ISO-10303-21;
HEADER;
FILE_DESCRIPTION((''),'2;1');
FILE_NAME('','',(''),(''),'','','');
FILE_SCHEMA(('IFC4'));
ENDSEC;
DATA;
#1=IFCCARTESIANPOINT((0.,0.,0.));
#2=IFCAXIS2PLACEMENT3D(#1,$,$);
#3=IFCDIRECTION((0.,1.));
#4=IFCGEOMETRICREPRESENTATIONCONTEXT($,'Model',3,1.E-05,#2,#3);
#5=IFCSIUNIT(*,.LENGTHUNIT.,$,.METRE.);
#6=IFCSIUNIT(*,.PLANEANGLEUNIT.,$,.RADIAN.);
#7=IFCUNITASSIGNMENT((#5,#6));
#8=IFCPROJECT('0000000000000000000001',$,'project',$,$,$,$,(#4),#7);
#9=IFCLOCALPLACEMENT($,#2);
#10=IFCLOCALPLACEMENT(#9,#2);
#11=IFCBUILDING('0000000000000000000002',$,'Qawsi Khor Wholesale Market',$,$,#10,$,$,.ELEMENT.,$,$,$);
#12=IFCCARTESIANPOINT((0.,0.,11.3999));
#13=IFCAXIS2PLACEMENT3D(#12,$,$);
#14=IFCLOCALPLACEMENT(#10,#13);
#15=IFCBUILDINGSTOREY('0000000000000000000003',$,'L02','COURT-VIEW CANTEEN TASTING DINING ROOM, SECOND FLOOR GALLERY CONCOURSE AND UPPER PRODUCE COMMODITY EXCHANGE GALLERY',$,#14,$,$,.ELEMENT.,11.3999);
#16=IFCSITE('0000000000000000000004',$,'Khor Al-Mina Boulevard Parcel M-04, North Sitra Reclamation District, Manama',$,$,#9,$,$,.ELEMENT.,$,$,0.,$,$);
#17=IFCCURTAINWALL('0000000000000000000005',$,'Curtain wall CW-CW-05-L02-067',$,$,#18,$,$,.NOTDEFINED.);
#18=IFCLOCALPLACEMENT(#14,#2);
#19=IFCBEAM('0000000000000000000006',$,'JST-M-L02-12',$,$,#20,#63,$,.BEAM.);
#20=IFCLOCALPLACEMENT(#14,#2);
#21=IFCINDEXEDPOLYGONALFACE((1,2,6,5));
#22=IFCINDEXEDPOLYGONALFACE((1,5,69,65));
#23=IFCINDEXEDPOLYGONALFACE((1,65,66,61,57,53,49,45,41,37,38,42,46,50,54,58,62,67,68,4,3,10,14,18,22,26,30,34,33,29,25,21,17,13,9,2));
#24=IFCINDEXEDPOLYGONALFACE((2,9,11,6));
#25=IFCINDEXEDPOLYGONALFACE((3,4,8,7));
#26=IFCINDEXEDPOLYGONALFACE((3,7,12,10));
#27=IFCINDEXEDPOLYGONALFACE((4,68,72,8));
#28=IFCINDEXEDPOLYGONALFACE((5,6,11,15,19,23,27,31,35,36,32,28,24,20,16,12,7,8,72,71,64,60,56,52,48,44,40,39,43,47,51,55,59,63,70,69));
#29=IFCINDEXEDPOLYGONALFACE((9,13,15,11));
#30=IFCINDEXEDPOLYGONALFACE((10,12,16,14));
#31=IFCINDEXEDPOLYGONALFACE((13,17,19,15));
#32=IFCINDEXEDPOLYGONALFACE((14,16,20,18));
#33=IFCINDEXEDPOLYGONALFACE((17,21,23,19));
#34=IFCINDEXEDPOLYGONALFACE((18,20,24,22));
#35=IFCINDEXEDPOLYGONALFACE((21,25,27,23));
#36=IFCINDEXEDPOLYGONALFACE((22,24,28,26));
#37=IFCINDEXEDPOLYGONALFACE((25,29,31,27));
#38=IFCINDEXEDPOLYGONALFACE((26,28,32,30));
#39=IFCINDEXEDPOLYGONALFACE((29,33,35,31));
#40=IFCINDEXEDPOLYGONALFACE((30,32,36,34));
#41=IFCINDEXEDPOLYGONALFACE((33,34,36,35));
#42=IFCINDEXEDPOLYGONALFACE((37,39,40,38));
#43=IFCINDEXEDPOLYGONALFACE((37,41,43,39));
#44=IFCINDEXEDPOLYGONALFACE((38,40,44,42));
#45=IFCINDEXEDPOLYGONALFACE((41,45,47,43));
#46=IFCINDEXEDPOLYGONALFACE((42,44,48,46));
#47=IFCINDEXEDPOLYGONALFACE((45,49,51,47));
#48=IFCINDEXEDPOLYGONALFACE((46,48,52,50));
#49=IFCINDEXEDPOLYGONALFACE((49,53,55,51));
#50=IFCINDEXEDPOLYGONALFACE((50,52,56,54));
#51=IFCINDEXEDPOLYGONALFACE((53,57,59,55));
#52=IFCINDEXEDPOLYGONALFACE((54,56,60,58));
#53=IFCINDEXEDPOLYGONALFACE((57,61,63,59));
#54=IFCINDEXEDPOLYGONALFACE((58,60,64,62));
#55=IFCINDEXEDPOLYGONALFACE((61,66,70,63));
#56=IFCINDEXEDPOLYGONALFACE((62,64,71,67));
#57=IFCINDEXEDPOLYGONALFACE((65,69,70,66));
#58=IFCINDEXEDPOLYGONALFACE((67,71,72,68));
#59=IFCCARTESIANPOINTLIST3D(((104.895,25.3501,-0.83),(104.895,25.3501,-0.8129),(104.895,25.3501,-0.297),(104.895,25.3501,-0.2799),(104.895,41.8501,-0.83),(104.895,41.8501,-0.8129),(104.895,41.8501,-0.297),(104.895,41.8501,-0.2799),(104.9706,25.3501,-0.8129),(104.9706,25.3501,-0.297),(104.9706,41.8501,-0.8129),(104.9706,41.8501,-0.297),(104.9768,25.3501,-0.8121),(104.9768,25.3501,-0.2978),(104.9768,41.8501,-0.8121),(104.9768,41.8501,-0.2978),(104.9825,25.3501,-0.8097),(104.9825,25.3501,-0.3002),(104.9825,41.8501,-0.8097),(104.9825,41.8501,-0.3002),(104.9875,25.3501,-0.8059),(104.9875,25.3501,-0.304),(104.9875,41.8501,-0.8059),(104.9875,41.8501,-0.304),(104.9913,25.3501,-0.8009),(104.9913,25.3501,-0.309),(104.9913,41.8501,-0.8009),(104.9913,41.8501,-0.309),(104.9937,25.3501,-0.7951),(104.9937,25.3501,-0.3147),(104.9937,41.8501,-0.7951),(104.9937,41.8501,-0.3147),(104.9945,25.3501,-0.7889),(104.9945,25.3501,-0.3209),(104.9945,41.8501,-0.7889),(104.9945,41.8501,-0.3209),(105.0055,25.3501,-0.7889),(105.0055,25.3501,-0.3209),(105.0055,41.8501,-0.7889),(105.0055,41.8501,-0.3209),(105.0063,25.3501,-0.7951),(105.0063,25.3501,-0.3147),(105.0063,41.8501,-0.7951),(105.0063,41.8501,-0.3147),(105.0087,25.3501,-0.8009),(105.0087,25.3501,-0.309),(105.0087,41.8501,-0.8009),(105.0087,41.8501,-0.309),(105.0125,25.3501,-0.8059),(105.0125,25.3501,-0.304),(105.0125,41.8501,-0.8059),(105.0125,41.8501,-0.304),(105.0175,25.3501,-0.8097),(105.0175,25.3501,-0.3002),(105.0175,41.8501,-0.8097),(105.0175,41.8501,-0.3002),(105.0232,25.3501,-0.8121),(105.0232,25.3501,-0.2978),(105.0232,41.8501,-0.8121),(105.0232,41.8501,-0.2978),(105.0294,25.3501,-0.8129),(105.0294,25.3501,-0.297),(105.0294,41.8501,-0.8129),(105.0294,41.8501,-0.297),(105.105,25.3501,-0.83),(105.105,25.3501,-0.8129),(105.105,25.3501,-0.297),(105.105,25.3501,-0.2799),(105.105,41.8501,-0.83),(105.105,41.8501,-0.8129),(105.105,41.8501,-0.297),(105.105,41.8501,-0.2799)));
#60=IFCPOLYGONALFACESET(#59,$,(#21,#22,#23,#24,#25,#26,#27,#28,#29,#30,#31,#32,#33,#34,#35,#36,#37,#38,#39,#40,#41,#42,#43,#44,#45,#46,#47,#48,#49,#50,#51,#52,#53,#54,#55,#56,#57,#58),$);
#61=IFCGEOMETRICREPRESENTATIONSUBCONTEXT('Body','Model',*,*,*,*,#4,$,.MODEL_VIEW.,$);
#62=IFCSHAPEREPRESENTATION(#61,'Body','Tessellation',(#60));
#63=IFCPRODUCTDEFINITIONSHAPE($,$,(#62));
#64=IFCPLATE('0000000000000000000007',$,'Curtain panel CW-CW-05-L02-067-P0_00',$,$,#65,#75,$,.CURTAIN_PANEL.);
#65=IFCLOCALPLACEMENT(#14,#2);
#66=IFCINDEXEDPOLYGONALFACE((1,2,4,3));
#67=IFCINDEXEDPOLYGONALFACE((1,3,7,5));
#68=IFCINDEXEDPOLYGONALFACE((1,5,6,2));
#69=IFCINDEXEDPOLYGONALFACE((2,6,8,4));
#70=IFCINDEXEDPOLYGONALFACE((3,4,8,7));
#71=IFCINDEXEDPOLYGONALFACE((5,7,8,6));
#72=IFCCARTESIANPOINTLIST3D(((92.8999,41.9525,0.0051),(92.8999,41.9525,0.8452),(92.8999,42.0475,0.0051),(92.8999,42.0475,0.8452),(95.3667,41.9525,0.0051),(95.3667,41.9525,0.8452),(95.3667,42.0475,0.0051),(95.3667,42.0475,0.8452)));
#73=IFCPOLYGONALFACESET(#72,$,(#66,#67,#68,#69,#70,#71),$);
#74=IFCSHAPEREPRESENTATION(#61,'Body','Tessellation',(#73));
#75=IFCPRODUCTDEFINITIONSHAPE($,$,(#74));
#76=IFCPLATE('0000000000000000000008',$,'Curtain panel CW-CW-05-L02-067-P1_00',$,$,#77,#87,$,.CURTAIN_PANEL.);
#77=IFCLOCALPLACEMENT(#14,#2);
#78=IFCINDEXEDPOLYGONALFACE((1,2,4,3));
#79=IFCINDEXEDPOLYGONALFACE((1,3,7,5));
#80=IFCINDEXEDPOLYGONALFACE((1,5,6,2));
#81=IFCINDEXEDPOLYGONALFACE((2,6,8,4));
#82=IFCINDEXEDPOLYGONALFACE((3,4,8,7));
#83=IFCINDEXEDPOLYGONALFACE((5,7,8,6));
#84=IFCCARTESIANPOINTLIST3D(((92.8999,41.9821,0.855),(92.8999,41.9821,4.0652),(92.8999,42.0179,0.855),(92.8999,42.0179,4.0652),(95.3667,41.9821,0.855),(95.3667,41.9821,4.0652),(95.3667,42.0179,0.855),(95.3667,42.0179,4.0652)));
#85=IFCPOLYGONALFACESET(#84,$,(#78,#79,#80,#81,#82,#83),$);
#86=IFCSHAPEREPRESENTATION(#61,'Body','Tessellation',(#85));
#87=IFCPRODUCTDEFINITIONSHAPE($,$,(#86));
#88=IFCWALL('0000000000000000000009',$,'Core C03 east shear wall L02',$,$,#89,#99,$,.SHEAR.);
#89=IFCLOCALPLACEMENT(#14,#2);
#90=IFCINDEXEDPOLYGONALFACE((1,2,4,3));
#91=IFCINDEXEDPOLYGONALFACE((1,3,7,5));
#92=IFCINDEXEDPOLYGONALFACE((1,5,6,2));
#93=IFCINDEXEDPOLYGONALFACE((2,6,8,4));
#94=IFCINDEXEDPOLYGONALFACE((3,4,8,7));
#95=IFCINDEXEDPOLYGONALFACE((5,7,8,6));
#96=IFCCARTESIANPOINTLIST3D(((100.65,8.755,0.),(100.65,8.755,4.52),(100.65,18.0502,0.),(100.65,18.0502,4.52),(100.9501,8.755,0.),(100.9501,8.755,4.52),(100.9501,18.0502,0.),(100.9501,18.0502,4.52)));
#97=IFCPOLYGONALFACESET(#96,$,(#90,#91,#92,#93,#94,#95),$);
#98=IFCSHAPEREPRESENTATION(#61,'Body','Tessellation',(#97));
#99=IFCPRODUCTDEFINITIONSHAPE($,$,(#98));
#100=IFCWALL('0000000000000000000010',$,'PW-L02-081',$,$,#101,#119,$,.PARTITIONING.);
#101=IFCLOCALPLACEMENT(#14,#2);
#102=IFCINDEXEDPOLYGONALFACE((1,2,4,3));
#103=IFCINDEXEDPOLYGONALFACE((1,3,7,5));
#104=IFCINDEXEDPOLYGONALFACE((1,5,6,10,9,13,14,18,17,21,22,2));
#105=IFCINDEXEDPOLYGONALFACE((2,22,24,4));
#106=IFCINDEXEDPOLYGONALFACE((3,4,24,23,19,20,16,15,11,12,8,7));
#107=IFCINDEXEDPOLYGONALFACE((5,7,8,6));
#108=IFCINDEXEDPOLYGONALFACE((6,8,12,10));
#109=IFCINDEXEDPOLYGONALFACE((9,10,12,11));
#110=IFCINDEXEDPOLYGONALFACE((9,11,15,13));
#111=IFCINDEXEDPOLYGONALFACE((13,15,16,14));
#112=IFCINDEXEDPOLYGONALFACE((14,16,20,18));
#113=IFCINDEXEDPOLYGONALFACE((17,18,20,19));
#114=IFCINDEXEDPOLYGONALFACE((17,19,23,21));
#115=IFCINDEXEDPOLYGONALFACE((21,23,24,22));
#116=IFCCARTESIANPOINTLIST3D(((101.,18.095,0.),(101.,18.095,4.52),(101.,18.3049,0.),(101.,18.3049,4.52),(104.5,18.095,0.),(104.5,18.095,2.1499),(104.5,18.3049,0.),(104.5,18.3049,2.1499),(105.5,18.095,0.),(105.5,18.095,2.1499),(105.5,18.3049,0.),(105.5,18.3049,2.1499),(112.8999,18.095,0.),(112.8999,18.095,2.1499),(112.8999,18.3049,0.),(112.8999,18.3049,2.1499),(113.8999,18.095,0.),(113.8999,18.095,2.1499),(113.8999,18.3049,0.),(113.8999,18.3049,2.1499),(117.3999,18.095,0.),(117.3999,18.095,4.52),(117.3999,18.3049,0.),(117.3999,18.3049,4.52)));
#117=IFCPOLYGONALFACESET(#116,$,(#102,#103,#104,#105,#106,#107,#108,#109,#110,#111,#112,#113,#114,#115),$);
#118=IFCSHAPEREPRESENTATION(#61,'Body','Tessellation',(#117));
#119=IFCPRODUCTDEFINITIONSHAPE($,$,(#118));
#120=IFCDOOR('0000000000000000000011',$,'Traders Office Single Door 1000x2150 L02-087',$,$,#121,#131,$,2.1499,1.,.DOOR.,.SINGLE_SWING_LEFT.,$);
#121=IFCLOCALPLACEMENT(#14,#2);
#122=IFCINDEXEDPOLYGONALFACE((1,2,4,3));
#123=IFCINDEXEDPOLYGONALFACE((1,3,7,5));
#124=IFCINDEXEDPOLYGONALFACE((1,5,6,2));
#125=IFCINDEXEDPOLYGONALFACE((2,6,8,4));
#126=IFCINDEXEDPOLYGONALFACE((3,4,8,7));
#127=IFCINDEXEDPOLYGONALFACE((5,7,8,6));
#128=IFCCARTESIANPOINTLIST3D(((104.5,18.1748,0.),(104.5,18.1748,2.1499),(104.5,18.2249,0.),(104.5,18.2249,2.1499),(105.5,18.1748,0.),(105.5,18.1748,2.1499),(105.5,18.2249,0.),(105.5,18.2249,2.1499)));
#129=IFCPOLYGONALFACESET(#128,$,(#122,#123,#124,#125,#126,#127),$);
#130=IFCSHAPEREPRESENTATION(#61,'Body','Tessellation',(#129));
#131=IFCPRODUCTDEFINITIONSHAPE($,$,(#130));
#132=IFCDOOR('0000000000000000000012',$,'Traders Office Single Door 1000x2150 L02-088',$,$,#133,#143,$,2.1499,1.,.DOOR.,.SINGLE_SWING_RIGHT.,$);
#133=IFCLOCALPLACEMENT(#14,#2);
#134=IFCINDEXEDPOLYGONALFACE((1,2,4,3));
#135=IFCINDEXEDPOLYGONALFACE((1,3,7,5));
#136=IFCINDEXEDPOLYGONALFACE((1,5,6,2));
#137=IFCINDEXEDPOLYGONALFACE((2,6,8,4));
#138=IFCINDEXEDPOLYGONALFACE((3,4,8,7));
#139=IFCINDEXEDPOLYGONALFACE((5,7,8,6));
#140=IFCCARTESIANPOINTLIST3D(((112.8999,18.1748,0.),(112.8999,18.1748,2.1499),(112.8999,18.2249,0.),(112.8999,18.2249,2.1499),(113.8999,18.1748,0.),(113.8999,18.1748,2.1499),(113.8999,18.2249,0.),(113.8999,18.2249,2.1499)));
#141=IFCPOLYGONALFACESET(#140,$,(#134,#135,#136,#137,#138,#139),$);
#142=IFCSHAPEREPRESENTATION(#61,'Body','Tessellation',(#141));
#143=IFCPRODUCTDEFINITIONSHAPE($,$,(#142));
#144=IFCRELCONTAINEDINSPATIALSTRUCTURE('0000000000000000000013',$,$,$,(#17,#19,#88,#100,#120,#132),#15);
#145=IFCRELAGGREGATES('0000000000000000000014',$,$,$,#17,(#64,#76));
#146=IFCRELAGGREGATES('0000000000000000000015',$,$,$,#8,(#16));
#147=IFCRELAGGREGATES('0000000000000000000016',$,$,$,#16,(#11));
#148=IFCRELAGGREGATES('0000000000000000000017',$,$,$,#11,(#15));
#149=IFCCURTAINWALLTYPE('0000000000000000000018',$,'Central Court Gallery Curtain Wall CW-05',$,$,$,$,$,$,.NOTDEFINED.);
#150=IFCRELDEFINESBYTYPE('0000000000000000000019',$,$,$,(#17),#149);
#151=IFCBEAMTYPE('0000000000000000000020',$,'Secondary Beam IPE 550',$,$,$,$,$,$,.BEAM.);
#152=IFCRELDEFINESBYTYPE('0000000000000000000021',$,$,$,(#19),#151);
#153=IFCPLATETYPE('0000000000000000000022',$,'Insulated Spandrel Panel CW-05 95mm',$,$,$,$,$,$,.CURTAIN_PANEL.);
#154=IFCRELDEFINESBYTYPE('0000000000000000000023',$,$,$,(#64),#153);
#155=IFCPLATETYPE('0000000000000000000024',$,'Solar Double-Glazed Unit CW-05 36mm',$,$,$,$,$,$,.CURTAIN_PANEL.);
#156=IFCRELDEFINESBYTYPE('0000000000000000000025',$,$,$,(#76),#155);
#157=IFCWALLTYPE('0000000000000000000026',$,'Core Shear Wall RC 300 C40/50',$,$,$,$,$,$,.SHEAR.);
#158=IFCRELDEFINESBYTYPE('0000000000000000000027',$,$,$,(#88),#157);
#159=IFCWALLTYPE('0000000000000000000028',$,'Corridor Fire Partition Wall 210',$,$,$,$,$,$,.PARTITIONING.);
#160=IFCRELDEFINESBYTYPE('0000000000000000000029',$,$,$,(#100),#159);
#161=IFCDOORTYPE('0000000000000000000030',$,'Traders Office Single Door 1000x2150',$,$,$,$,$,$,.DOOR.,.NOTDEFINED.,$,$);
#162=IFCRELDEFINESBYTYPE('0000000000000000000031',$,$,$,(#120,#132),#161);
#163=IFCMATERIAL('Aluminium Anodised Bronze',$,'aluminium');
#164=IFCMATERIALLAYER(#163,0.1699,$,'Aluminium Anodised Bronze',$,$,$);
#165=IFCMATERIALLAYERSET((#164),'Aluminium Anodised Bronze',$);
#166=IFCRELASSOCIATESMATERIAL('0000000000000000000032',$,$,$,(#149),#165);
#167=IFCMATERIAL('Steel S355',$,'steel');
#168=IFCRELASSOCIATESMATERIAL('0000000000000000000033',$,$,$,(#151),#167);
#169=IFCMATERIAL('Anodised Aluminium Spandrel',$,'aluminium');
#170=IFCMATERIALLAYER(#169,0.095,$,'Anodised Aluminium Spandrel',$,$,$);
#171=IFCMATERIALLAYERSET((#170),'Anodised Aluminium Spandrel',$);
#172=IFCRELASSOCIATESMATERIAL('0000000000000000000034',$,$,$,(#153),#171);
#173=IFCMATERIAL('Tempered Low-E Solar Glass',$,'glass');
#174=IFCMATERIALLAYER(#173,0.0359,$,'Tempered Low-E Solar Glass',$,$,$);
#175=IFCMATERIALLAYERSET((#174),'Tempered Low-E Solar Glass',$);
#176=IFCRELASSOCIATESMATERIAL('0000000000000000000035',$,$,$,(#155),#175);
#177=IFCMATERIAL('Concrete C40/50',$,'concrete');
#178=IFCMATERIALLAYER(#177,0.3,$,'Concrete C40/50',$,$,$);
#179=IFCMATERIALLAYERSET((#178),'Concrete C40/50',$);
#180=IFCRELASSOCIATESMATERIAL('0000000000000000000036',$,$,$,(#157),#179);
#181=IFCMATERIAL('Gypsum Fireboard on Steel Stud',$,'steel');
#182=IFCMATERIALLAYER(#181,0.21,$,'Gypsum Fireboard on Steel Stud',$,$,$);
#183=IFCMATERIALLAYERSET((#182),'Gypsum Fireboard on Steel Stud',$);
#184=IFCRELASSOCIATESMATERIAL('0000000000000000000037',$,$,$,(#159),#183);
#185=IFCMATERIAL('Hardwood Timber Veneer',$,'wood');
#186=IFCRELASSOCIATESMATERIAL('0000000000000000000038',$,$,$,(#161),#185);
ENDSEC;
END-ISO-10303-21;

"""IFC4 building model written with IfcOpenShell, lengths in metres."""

from ifc_helpers import new_model, si_unit, direction, frame, frame_2d, origin, origin_2d, place, context, subcontext, project, spatial, rectangle, i_section, extrude, material, layer, layer_set, material_profile, profile_set, type_object, element, fill, aggregate, save


model = new_model("IFC4")

# Units and contexts
model_context = context("Model", 3, precision=1e-05, world=origin(), true_north=direction((0.0, 1.0)))
body_context = subcontext(model_context, "Body", "Model", "MODEL_VIEW")
ifc_project = project(units=[si_unit("LENGTHUNIT", "METRE"), si_unit("PLANEANGLEUNIT", "RADIAN")], contexts=[model_context])

# Site, building, storey
site_placement = place(None, origin())
site = spatial("IfcSite", under=ifc_project, at=site_placement, Name="Khor Al-Mina Boulevard Parcel M-04, North Sitra Reclamation District, Manama", CompositionType="ELEMENT", RefElevation=0.0)
building_placement = place(site_placement, origin())
building = spatial("IfcBuilding", under=site, at=building_placement, Name="Qawsi Khor Wholesale Market", CompositionType="ELEMENT")
storey_placement = place(building_placement, frame((0.0, 0.0, 11.3999)))
storey = spatial("IfcBuildingStorey", under=building, at=storey_placement, Name="L02", Description="COURT-VIEW CANTEEN TASTING DINING ROOM, SECOND FLOOR GALLERY CONCOURSE AND UPPER PRODUCE COMMODITY EXCHANGE GALLERY", CompositionType="ELEMENT", Elevation=11.3999)

# Shared definitions
ifc_material_1 = material(Name="Concrete C40/50", Category="concrete")

# Curtain wall
ifc_material_2 = material(Name="Aluminium Anodised Bronze", Category="aluminium")
ifc_layer_1 = layer(ifc_material_2, 0.1699, Name="Aluminium Anodised Bronze")
ifc_layer_set_1 = layer_set([ifc_layer_1], Name="Aluminium Anodised Bronze")
curtain_wall_type = type_object("IfcCurtainWallType", Name="Central Court Gallery Curtain Wall CW-05", PredefinedType="NOTDEFINED", material=ifc_layer_set_1)
curtain_wall_placement = place(storey_placement, origin())
curtain_wall = element("IfcCurtainWall", 1, at=curtain_wall_placement, inside=storey, type_object=curtain_wall_type, Name="Curtain wall CW-CW-05-L02-067", PredefinedType="NOTDEFINED")

# Beam
ifc_material_3 = material(Name="Steel S355", Category="steel")
ifc_material_profile_1 = material_profile(ifc_material_3, i_section(OverallWidth=0.21, OverallDepth=0.55, WebThickness=0.011, FlangeThickness=0.0171, FilletRadius=0.0239, at=origin_2d()), Name="IPE 550")
ifc_profile_set_1 = profile_set([ifc_material_profile_1], Name="Steel S355")
beam_type_1 = type_object("IfcBeamType", Name="Secondary Beam IPE 550", PredefinedType="BEAM", material=ifc_profile_set_1)
for number, where, z_axis, x_axis, name in (
    (2, (105.0, 25.3501, -0.5549), (0.0, 1.0, 0.0), (-1.0, 0.0, 0.0), "JST-M-L02-12"),
):
    element("IfcBeam", number, at=place(storey_placement, frame(where, z_axis=z_axis, x_axis=x_axis)), inside=storey, type_object=beam_type_1, Name=name, PredefinedType="BEAM", context=body_context, shape_type="SweptSolid", body=[
        extrude(i_section(OverallWidth=0.21, OverallDepth=0.55, WebThickness=0.011, FlangeThickness=0.0171, FilletRadius=0.0239, at=origin_2d()), origin(), (0.0, 0.0, 1.0), 16.5),
    ])

# Plates
ifc_material_4 = material(Name="Anodised Aluminium Spandrel", Category="aluminium")
ifc_layer_2 = layer(ifc_material_4, 0.095, Name="Anodised Aluminium Spandrel")
ifc_layer_set_2 = layer_set([ifc_layer_2], Name="Anodised Aluminium Spandrel")
plate_type_1 = type_object("IfcPlateType", Name="Insulated Spandrel Panel CW-05 95mm", PredefinedType="CURTAIN_PANEL", material=ifc_layer_set_2)
plate_1_placement = place(storey_placement, frame((92.8999, 42.0, 0.0051), z_axis=(0.0, 0.0, 1.0), x_axis=(1.0, 0.0, 0.0)))
plate_1 = element("IfcPlate", 3, at=plate_1_placement, type_object=plate_type_1, Name="Curtain panel CW-CW-05-L02-067-P0_00", PredefinedType="CURTAIN_PANEL", context=body_context, shape_type="SweptSolid", body=[
    extrude(rectangle(XDim=2.4668, YDim=0.095, at=frame_2d((1.2334, 0.0))), origin(), (0.0, 0.0, 1.0), 0.8401),
])
ifc_material_5 = material(Name="Tempered Low-E Solar Glass", Category="glass")
ifc_layer_3 = layer(ifc_material_5, 0.0359, Name="Tempered Low-E Solar Glass")
ifc_layer_set_3 = layer_set([ifc_layer_3], Name="Tempered Low-E Solar Glass")
plate_type_2 = type_object("IfcPlateType", Name="Solar Double-Glazed Unit CW-05 36mm", PredefinedType="CURTAIN_PANEL", material=ifc_layer_set_3)
plate_2_placement = place(storey_placement, frame((92.8999, 42.0, 0.855), z_axis=(0.0, 0.0, 1.0), x_axis=(1.0, 0.0, 0.0)))
plate_2 = element("IfcPlate", 4, at=plate_2_placement, type_object=plate_type_2, Name="Curtain panel CW-CW-05-L02-067-P1_00", PredefinedType="CURTAIN_PANEL", context=body_context, shape_type="SweptSolid", body=[
    extrude(rectangle(XDim=2.4668, YDim=0.0359, at=frame_2d((1.2334, 0.0))), origin(), (0.0, 0.0, 1.0), 3.2102),
])
aggregate(curtain_wall, [plate_1, plate_2])

# Wall
ifc_layer_4 = layer(ifc_material_1, 0.3, Name="Concrete C40/50")
ifc_layer_set_4 = layer_set([ifc_layer_4], Name="Concrete C40/50")
wall_type_1 = type_object("IfcWallType", Name="Core Shear Wall RC 300 C40/50", PredefinedType="SHEAR", material=ifc_layer_set_4)
wall_1_placement = place(storey_placement, frame((100.8, 18.05, 0.0), z_axis=(0.0, 0.0, 1.0), x_axis=(0.0, -1.0, 0.0)))
element("IfcWall", 5, at=wall_1_placement, inside=storey, type_object=wall_type_1, Name="Core C03 east shear wall L02", PredefinedType="SHEAR", context=body_context, shape_type="SweptSolid", body=[
    extrude(rectangle(XDim=9.2952, YDim=0.3, at=frame_2d((4.6475, 0.0))), origin(), (0.0, 0.0, 1.0), 4.52),
])

# Wall, openings, doors
ifc_material_6 = material(Name="Gypsum Fireboard on Steel Stud", Category="steel")
ifc_layer_5 = layer(ifc_material_6, 0.21, Name="Gypsum Fireboard on Steel Stud")
ifc_layer_set_5 = layer_set([ifc_layer_5], Name="Gypsum Fireboard on Steel Stud")
wall_type_2 = type_object("IfcWallType", Name="Corridor Fire Partition Wall 210", PredefinedType="PARTITIONING", material=ifc_layer_set_5)
wall_2_placement = place(storey_placement, frame((101.0, 18.2, 0.0), z_axis=(0.0, 0.0, 1.0), x_axis=(1.0, 0.0, 0.0)))
wall_2 = element("IfcWall", 6, at=wall_2_placement, inside=storey, type_object=wall_type_2, Name="PW-L02-081", PredefinedType="PARTITIONING", context=body_context, shape_type="SweptSolid", body=[
    extrude(rectangle(XDim=16.3999, YDim=0.21, at=frame_2d((8.2, 0.0))), origin(), (0.0, 0.0, 1.0), 4.52),
])
opening_1_placement = place(wall_2_placement, frame((3.5, 0.0, 0.0)))
opening_1 = element("IfcOpeningElement", 7, at=opening_1_placement, cuts=wall_2, PredefinedType="OPENING", context=body_context, shape_type="SweptSolid", body=[
    extrude(rectangle(XDim=1.0, YDim=2.1499, at=frame_2d((0.5, 1.075))), frame((0.0, 0.115, 0.0), z_axis=(0.0, -1.0, 0.0), x_axis=(1.0, 0.0, 0.0)), (0.0, 0.0, 1.0), 0.23),
])
opening_2_placement = place(wall_2_placement, frame((11.8999, 0.0, 0.0)))
opening_2 = element("IfcOpeningElement", 8, at=opening_2_placement, cuts=wall_2, PredefinedType="OPENING", context=body_context, shape_type="SweptSolid", body=[
    extrude(rectangle(XDim=1.0, YDim=2.1499, at=frame_2d((0.5, 1.075))), frame((0.0, 0.115, 0.0), z_axis=(0.0, -1.0, 0.0), x_axis=(1.0, 0.0, 0.0)), (0.0, 0.0, 1.0), 0.23),
])
ifc_material_7 = material(Name="Hardwood Timber Veneer", Category="wood")
door_type = type_object("IfcDoorType", Name="Traders Office Single Door 1000x2150", OperationType="NOTDEFINED", PredefinedType="DOOR", material=ifc_material_7)
door_1_placement = place(opening_1_placement, origin())
door_1 = element("IfcDoor", 9, at=door_1_placement, inside=storey, type_object=door_type, Name="Traders Office Single Door 1000x2150 L02-087", OperationType="SINGLE_SWING_LEFT", OverallHeight=2.1499, OverallWidth=1.0, PredefinedType="DOOR", context=body_context, shape_type="SweptSolid", body=[
    extrude(rectangle(XDim=1.0, YDim=2.1499, at=frame_2d((0.5, 1.075))), frame((0.0, 0.0249, 0.0), z_axis=(0.0, -1.0, 0.0), x_axis=(1.0, 0.0, 0.0)), (0.0, 0.0, 1.0), 0.05),
])
fill(opening_1, door_1)
door_2_placement = place(opening_2_placement, origin())
door_2 = element("IfcDoor", 10, at=door_2_placement, inside=storey, type_object=door_type, Name="Traders Office Single Door 1000x2150 L02-088", OperationType="SINGLE_SWING_RIGHT", OverallHeight=2.1499, OverallWidth=1.0, PredefinedType="DOOR", context=body_context, shape_type="SweptSolid", body=[
    extrude(rectangle(XDim=1.0, YDim=2.1499, at=frame_2d((0.5, 1.075))), frame((0.0, 0.0249, 0.0), z_axis=(0.0, -1.0, 0.0), x_axis=(1.0, 0.0, 0.0)), (0.0, 0.0, 1.0), 0.05),
])
fill(opening_2, door_2)

save(model, "model.ifc")
